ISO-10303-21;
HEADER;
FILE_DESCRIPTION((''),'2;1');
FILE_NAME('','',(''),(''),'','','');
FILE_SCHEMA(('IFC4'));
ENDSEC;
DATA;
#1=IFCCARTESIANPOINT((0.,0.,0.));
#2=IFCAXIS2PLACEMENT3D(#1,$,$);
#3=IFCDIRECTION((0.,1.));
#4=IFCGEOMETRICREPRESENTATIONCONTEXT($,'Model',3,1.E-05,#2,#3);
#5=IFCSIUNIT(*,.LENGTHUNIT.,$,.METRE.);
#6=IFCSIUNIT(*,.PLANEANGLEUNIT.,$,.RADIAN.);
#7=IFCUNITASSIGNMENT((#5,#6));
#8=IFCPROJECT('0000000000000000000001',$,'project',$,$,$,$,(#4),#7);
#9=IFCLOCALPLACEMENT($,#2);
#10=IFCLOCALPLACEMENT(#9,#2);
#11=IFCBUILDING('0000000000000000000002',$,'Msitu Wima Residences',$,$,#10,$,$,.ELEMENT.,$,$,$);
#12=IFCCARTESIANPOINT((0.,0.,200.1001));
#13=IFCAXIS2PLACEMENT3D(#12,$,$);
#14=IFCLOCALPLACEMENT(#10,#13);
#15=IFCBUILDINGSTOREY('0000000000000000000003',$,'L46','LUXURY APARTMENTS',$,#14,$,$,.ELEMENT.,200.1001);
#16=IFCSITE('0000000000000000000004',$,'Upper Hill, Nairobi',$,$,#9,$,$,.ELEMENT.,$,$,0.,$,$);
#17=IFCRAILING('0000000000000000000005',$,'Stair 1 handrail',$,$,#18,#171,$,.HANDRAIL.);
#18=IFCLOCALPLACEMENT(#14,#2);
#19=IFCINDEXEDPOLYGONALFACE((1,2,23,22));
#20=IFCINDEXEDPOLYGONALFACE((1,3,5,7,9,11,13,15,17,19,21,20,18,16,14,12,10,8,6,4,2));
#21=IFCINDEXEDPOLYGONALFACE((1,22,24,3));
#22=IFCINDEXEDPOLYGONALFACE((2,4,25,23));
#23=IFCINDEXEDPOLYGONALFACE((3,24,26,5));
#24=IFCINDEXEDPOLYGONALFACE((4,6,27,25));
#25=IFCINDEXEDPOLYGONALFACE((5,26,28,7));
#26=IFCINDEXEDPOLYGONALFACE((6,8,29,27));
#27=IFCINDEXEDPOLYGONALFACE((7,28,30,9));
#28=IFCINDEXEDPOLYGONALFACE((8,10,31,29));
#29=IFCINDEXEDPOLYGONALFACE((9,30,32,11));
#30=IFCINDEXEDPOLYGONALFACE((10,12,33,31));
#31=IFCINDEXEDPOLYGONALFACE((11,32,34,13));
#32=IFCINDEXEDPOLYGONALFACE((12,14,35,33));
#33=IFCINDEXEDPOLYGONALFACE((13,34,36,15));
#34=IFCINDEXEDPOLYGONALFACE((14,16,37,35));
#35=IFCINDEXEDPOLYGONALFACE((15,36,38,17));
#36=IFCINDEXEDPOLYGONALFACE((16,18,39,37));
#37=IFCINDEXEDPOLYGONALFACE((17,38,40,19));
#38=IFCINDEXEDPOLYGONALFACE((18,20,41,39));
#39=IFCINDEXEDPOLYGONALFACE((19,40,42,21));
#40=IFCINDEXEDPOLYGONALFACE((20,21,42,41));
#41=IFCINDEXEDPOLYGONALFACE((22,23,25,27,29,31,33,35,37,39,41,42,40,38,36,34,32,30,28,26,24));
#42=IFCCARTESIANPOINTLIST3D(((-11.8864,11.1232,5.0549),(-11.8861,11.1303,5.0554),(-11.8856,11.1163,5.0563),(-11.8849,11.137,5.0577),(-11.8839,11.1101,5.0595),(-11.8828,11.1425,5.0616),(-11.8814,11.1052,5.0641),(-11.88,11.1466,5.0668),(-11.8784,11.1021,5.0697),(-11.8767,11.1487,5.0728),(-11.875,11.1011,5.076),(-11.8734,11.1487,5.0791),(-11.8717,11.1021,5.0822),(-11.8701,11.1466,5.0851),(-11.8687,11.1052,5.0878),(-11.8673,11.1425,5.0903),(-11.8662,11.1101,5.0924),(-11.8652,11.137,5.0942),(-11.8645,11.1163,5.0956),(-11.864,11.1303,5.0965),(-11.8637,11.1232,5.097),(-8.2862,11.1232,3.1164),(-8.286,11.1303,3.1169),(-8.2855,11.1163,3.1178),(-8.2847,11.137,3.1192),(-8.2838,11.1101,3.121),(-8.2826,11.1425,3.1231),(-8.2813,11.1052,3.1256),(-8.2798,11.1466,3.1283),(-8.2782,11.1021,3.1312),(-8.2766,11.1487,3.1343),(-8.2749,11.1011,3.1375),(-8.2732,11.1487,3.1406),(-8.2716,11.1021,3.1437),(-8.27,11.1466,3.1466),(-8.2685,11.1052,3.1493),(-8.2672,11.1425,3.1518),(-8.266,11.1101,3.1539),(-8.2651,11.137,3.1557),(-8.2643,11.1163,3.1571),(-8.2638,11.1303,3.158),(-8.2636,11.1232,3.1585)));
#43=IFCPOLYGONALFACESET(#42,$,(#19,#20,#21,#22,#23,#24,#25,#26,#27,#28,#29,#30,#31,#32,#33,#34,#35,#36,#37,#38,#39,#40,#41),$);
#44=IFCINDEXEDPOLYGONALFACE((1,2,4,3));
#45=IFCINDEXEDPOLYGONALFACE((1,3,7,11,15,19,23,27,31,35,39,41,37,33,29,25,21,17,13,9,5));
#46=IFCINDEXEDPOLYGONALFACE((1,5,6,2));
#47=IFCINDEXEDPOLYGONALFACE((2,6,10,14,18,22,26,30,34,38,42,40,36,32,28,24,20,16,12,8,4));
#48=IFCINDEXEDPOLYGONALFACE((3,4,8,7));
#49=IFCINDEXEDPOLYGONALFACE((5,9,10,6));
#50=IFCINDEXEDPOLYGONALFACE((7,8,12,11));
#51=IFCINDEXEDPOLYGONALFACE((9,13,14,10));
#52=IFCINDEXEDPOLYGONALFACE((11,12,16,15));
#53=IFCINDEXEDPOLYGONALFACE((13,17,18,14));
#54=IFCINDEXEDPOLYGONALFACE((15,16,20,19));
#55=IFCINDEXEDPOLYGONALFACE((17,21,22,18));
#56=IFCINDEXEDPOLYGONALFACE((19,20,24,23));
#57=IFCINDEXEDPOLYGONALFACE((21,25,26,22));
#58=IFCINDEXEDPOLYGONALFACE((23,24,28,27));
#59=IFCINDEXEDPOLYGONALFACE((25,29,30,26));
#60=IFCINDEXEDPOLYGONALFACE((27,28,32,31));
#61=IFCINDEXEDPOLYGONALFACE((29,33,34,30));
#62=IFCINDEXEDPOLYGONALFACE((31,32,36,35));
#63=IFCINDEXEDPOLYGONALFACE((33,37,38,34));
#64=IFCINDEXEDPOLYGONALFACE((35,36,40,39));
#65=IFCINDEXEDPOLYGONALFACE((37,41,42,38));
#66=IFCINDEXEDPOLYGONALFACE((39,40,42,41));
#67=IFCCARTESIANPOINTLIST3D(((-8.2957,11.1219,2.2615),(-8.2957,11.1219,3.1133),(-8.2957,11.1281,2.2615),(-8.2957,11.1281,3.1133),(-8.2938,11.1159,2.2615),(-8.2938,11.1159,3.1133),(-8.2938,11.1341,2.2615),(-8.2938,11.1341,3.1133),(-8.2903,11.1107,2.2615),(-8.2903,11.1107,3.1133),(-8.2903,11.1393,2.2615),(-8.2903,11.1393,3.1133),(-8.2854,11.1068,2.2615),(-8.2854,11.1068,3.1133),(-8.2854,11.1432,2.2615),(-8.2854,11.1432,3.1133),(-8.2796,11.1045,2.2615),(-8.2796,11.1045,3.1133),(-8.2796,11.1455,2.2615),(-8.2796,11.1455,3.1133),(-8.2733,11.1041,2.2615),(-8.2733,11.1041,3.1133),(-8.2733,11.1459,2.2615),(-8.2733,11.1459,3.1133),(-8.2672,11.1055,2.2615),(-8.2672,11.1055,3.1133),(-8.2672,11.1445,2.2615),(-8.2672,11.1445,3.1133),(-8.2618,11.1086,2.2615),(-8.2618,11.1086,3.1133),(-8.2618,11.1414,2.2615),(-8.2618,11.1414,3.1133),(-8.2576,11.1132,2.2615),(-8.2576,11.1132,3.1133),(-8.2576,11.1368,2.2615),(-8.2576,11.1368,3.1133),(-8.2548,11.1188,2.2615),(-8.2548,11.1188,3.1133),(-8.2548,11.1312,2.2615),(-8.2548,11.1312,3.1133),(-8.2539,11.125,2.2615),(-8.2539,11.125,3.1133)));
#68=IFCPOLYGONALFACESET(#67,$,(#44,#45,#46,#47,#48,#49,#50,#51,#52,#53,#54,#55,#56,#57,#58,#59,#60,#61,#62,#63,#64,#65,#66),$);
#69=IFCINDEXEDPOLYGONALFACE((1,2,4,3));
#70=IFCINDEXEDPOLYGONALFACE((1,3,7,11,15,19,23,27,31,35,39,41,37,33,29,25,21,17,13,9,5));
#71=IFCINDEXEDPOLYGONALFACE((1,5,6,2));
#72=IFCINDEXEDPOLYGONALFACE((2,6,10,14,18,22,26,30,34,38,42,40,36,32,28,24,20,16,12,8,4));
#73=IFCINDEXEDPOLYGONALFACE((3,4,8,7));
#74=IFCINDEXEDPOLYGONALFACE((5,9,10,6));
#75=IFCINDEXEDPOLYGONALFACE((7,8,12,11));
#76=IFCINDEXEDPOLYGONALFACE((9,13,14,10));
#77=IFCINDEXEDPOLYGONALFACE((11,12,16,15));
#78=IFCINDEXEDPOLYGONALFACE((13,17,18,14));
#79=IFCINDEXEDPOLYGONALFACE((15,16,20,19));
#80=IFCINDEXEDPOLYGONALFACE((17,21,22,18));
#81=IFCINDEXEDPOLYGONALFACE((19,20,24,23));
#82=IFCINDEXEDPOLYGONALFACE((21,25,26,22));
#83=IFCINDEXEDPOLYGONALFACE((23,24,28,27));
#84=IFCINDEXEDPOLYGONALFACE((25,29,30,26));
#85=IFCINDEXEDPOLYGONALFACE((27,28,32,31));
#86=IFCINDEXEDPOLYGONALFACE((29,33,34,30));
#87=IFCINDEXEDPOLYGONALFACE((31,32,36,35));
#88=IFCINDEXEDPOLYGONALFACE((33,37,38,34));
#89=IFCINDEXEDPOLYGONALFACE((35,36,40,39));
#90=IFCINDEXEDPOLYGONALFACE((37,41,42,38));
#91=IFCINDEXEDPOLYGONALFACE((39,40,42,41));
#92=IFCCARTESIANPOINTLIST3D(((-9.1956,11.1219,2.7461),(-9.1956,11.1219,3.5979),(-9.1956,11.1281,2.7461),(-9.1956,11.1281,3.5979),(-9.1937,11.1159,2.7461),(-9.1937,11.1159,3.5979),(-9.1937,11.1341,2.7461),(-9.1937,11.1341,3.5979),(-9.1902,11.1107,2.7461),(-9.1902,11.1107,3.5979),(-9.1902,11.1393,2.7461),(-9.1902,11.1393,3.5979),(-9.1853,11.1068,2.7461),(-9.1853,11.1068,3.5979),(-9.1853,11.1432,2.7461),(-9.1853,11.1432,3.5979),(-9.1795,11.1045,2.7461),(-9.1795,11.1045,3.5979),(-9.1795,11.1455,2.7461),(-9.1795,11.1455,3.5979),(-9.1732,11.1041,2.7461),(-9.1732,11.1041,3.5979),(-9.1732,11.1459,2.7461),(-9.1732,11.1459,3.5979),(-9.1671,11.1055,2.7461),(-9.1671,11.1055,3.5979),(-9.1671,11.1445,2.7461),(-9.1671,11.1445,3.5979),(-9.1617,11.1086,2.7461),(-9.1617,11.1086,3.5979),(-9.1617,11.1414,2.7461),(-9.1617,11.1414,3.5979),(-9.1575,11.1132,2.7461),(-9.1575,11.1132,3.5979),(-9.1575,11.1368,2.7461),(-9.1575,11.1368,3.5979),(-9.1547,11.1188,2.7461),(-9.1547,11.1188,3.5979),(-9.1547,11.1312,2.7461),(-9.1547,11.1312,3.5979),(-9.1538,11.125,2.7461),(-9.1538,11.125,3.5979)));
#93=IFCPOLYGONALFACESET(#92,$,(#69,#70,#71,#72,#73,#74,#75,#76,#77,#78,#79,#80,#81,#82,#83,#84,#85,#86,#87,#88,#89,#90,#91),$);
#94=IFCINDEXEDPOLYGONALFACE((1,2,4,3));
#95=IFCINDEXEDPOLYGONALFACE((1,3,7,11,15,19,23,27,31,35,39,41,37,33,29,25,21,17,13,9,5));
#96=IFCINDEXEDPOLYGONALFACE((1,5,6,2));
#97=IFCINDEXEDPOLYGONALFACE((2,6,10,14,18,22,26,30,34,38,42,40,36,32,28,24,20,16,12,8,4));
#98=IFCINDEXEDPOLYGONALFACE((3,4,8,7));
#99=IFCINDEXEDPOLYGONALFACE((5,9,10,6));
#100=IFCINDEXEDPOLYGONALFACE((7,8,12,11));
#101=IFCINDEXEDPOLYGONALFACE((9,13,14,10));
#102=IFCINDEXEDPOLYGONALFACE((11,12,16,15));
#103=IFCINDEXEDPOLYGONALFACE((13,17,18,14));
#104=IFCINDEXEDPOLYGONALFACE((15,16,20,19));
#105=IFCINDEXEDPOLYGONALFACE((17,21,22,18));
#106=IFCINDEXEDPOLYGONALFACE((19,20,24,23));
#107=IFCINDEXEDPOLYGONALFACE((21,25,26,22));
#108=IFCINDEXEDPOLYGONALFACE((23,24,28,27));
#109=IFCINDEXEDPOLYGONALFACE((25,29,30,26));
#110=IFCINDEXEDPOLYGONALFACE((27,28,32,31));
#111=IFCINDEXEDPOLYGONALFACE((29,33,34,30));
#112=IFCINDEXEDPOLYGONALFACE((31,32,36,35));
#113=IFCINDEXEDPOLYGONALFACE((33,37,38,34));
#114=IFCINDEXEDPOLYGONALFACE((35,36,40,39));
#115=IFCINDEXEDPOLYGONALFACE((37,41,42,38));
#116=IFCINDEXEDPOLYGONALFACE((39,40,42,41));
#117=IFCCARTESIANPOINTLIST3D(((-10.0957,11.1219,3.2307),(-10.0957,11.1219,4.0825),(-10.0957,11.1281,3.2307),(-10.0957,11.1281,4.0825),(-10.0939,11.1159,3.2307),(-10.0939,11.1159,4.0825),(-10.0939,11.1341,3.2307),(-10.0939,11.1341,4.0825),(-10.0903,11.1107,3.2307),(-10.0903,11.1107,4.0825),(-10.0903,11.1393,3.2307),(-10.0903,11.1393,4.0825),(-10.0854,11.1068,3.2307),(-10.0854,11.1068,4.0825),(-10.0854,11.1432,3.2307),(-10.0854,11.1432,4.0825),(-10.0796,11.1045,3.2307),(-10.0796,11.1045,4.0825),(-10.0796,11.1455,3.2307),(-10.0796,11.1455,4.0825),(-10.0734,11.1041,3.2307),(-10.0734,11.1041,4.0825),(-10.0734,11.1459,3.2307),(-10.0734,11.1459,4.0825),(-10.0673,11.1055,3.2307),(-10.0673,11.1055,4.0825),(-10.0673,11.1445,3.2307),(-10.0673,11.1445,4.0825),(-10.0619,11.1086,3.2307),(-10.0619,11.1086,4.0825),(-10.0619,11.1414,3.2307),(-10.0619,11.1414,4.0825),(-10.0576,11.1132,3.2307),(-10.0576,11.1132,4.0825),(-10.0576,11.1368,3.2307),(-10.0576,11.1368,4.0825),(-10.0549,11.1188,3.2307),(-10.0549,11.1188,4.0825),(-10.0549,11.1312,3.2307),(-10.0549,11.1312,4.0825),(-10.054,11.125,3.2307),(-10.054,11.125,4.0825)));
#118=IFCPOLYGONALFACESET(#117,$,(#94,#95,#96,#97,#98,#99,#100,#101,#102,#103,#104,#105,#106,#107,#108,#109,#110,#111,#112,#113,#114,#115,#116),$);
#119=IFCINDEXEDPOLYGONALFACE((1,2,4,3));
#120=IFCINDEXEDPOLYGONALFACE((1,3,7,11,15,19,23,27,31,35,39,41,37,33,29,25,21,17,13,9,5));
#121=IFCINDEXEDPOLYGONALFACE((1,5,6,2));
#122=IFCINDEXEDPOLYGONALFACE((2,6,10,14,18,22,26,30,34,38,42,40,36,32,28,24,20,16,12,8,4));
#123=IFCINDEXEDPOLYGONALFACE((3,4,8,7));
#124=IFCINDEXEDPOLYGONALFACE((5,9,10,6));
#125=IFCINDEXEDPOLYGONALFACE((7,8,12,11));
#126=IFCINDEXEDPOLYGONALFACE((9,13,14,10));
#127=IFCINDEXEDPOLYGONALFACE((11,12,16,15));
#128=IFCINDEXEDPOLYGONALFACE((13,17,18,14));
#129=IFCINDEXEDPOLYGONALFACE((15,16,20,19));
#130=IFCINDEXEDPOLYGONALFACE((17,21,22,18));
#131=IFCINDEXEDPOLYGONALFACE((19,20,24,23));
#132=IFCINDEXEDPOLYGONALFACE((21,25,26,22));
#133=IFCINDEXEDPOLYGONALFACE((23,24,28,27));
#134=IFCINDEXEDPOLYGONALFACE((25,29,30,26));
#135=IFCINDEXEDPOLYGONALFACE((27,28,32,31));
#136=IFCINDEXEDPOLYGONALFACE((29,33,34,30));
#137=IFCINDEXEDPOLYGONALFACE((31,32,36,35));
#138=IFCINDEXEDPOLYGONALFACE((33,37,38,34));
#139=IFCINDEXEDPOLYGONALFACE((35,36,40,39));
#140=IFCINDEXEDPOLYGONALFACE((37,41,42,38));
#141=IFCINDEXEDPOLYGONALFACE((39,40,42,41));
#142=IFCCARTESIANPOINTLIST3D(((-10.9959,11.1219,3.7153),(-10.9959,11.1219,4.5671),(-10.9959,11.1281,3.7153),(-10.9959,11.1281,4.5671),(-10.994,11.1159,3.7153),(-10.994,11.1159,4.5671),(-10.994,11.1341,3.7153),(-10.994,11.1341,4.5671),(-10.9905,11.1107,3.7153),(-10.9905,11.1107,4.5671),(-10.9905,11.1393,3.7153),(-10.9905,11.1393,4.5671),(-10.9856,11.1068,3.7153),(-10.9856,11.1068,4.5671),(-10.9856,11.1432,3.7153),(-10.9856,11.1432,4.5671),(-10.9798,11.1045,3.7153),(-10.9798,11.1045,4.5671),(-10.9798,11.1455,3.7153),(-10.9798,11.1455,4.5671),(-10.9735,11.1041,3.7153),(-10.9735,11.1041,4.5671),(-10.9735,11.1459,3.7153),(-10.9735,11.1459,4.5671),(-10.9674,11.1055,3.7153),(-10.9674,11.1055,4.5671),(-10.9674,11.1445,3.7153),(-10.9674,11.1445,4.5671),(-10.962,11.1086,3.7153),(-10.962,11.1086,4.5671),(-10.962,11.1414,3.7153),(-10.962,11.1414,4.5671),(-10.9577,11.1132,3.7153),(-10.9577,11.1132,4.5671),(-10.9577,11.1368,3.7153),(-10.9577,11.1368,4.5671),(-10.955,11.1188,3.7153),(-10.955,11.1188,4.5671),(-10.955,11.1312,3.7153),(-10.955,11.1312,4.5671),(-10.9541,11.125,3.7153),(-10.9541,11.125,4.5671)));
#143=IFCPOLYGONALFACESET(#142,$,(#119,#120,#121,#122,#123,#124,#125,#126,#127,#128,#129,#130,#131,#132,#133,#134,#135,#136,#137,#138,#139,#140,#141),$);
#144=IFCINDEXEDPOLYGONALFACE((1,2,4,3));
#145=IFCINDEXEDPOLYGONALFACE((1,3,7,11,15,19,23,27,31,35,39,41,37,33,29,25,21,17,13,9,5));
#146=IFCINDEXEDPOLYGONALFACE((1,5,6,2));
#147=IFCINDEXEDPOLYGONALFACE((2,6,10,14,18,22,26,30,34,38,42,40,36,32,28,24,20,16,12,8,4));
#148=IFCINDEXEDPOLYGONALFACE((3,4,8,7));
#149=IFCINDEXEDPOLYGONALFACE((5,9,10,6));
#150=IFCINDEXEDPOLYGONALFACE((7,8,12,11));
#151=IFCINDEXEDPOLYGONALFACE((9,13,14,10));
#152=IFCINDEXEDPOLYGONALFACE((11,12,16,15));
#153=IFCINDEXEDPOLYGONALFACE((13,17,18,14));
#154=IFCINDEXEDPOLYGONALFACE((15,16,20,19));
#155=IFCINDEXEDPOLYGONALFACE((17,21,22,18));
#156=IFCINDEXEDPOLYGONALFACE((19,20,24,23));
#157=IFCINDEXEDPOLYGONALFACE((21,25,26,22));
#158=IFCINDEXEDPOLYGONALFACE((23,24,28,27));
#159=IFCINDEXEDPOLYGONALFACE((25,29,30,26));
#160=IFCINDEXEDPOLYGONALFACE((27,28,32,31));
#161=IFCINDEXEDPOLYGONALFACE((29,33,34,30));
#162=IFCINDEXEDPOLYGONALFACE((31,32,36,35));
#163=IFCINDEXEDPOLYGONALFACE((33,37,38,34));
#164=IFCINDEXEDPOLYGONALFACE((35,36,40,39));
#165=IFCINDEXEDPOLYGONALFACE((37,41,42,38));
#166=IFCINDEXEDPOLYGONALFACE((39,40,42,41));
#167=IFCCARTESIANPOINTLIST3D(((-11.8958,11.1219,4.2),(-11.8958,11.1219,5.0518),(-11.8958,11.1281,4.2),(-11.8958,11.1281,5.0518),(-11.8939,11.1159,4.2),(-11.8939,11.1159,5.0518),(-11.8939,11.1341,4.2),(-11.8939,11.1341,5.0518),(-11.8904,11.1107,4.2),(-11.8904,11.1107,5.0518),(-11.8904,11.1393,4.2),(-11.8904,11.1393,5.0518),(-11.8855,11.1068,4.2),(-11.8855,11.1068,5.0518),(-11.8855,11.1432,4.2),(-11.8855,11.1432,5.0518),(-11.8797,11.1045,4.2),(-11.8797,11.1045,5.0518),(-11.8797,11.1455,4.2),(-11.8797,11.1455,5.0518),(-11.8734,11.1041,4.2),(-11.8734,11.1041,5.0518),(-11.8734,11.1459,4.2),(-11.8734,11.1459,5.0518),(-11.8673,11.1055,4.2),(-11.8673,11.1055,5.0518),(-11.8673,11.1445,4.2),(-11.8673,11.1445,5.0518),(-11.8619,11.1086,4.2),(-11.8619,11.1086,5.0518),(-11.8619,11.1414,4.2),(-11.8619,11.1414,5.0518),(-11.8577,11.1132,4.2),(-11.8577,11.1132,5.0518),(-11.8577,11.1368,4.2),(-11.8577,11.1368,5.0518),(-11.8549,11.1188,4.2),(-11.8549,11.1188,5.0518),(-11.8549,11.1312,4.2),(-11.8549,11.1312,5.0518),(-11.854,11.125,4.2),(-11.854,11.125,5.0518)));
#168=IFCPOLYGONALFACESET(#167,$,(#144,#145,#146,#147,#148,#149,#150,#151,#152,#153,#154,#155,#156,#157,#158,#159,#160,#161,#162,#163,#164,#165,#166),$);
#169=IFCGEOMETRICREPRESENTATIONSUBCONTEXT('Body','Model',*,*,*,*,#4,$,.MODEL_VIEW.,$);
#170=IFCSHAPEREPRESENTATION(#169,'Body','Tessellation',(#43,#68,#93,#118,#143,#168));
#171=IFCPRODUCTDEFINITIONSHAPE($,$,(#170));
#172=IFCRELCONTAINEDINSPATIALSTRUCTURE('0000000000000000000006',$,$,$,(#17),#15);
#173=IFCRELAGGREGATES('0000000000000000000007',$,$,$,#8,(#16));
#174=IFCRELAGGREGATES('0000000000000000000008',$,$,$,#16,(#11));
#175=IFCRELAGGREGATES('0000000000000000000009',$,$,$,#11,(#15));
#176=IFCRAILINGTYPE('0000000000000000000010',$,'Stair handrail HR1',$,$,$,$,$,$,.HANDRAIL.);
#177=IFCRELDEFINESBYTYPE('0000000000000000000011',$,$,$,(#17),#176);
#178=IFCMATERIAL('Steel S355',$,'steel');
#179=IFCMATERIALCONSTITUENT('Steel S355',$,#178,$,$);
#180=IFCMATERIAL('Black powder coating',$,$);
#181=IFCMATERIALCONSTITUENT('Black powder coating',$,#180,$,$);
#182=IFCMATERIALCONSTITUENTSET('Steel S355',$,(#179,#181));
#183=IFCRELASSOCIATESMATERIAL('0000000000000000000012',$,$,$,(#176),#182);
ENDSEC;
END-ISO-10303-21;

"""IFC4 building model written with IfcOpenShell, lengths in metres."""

from ifc_helpers import new_model, si_unit, direction, frame, origin, origin_2d, place, context, subcontext, project, spatial, circle, extrude, material, constituent, constituent_set, type_object, element, save


model = new_model("IFC4")

# Units and contexts
model_context = context("Model", 3, precision=1e-05, world=origin(), true_north=direction((0.0, 1.0)))
body_context = subcontext(model_context, "Body", "Model", "MODEL_VIEW")
ifc_project = project(units=[si_unit("LENGTHUNIT", "METRE"), si_unit("PLANEANGLEUNIT", "RADIAN")], contexts=[model_context])

# Site, building, storey
site_placement = place(None, origin())
site = spatial("IfcSite", under=ifc_project, at=site_placement, Name="Upper Hill, Nairobi", CompositionType="ELEMENT", RefElevation=0.0)
building_placement = place(site_placement, origin())
building = spatial("IfcBuilding", under=site, at=building_placement, Name="Msitu Wima Residences", CompositionType="ELEMENT")
storey_placement = place(building_placement, frame((0.0, 0.0, 200.1001)))
storey = spatial("IfcBuildingStorey", under=building, at=storey_placement, Name="L46", Description="LUXURY APARTMENTS", CompositionType="ELEMENT", Elevation=200.1001)

# Railing
ifc_material_1 = material(Name="Steel S355", Category="steel")
ifc_constituent_1 = constituent(ifc_material_1, Name="Steel S355")
ifc_material_2 = material(Name="Black powder coating")
ifc_constituent_2 = constituent(ifc_material_2, Name="Black powder coating")
ifc_constituent_set_1 = constituent_set(constituents=[ifc_constituent_1, ifc_constituent_2], Name="Steel S355")
railing_type_1 = type_object("IfcRailingType", Name="Stair handrail HR1", PredefinedType="HANDRAIL", material=ifc_constituent_set_1)
for number, where, name in (
    (1, (-8.2749, 11.125, 2.2615), "Stair 1 handrail"),
):
    element("IfcRailing", number, at=place(storey_placement, frame(where)), inside=storey, type_object=railing_type_1, Name=name, PredefinedType="HANDRAIL", context=body_context, shape_type="SweptSolid", body=[
        extrude(circle(Radius=0.0239, at=origin_2d()), frame((0.0, 0.0, 0.876), z_axis=(-0.880475, 0.0, 0.474093), x_axis=(0.0, -1.0, 0.0)), (0.0, 0.0, 1.0), 4.0889),
        extrude(circle(Radius=0.021, at=origin_2d()), origin(), (0.0, 0.0, 1.0), 0.8518),
        extrude(circle(Radius=0.021, at=origin_2d()), frame((-0.8999, 0.0, 0.4846)), (0.0, 0.0, 1.0), 0.8518),
        extrude(circle(Radius=0.021, at=origin_2d()), frame((-1.8, 0.0, 0.9692)), (0.0, 0.0, 1.0), 0.8518),
        extrude(circle(Radius=0.021, at=origin_2d()), frame((-2.7002, 0.0, 1.4539)), (0.0, 0.0, 1.0), 0.8518),
        extrude(circle(Radius=0.021, at=origin_2d()), frame((-3.6001, 0.0, 1.9385)), (0.0, 0.0, 1.0), 0.8518),
    ])

save(model, "model.ifc")
